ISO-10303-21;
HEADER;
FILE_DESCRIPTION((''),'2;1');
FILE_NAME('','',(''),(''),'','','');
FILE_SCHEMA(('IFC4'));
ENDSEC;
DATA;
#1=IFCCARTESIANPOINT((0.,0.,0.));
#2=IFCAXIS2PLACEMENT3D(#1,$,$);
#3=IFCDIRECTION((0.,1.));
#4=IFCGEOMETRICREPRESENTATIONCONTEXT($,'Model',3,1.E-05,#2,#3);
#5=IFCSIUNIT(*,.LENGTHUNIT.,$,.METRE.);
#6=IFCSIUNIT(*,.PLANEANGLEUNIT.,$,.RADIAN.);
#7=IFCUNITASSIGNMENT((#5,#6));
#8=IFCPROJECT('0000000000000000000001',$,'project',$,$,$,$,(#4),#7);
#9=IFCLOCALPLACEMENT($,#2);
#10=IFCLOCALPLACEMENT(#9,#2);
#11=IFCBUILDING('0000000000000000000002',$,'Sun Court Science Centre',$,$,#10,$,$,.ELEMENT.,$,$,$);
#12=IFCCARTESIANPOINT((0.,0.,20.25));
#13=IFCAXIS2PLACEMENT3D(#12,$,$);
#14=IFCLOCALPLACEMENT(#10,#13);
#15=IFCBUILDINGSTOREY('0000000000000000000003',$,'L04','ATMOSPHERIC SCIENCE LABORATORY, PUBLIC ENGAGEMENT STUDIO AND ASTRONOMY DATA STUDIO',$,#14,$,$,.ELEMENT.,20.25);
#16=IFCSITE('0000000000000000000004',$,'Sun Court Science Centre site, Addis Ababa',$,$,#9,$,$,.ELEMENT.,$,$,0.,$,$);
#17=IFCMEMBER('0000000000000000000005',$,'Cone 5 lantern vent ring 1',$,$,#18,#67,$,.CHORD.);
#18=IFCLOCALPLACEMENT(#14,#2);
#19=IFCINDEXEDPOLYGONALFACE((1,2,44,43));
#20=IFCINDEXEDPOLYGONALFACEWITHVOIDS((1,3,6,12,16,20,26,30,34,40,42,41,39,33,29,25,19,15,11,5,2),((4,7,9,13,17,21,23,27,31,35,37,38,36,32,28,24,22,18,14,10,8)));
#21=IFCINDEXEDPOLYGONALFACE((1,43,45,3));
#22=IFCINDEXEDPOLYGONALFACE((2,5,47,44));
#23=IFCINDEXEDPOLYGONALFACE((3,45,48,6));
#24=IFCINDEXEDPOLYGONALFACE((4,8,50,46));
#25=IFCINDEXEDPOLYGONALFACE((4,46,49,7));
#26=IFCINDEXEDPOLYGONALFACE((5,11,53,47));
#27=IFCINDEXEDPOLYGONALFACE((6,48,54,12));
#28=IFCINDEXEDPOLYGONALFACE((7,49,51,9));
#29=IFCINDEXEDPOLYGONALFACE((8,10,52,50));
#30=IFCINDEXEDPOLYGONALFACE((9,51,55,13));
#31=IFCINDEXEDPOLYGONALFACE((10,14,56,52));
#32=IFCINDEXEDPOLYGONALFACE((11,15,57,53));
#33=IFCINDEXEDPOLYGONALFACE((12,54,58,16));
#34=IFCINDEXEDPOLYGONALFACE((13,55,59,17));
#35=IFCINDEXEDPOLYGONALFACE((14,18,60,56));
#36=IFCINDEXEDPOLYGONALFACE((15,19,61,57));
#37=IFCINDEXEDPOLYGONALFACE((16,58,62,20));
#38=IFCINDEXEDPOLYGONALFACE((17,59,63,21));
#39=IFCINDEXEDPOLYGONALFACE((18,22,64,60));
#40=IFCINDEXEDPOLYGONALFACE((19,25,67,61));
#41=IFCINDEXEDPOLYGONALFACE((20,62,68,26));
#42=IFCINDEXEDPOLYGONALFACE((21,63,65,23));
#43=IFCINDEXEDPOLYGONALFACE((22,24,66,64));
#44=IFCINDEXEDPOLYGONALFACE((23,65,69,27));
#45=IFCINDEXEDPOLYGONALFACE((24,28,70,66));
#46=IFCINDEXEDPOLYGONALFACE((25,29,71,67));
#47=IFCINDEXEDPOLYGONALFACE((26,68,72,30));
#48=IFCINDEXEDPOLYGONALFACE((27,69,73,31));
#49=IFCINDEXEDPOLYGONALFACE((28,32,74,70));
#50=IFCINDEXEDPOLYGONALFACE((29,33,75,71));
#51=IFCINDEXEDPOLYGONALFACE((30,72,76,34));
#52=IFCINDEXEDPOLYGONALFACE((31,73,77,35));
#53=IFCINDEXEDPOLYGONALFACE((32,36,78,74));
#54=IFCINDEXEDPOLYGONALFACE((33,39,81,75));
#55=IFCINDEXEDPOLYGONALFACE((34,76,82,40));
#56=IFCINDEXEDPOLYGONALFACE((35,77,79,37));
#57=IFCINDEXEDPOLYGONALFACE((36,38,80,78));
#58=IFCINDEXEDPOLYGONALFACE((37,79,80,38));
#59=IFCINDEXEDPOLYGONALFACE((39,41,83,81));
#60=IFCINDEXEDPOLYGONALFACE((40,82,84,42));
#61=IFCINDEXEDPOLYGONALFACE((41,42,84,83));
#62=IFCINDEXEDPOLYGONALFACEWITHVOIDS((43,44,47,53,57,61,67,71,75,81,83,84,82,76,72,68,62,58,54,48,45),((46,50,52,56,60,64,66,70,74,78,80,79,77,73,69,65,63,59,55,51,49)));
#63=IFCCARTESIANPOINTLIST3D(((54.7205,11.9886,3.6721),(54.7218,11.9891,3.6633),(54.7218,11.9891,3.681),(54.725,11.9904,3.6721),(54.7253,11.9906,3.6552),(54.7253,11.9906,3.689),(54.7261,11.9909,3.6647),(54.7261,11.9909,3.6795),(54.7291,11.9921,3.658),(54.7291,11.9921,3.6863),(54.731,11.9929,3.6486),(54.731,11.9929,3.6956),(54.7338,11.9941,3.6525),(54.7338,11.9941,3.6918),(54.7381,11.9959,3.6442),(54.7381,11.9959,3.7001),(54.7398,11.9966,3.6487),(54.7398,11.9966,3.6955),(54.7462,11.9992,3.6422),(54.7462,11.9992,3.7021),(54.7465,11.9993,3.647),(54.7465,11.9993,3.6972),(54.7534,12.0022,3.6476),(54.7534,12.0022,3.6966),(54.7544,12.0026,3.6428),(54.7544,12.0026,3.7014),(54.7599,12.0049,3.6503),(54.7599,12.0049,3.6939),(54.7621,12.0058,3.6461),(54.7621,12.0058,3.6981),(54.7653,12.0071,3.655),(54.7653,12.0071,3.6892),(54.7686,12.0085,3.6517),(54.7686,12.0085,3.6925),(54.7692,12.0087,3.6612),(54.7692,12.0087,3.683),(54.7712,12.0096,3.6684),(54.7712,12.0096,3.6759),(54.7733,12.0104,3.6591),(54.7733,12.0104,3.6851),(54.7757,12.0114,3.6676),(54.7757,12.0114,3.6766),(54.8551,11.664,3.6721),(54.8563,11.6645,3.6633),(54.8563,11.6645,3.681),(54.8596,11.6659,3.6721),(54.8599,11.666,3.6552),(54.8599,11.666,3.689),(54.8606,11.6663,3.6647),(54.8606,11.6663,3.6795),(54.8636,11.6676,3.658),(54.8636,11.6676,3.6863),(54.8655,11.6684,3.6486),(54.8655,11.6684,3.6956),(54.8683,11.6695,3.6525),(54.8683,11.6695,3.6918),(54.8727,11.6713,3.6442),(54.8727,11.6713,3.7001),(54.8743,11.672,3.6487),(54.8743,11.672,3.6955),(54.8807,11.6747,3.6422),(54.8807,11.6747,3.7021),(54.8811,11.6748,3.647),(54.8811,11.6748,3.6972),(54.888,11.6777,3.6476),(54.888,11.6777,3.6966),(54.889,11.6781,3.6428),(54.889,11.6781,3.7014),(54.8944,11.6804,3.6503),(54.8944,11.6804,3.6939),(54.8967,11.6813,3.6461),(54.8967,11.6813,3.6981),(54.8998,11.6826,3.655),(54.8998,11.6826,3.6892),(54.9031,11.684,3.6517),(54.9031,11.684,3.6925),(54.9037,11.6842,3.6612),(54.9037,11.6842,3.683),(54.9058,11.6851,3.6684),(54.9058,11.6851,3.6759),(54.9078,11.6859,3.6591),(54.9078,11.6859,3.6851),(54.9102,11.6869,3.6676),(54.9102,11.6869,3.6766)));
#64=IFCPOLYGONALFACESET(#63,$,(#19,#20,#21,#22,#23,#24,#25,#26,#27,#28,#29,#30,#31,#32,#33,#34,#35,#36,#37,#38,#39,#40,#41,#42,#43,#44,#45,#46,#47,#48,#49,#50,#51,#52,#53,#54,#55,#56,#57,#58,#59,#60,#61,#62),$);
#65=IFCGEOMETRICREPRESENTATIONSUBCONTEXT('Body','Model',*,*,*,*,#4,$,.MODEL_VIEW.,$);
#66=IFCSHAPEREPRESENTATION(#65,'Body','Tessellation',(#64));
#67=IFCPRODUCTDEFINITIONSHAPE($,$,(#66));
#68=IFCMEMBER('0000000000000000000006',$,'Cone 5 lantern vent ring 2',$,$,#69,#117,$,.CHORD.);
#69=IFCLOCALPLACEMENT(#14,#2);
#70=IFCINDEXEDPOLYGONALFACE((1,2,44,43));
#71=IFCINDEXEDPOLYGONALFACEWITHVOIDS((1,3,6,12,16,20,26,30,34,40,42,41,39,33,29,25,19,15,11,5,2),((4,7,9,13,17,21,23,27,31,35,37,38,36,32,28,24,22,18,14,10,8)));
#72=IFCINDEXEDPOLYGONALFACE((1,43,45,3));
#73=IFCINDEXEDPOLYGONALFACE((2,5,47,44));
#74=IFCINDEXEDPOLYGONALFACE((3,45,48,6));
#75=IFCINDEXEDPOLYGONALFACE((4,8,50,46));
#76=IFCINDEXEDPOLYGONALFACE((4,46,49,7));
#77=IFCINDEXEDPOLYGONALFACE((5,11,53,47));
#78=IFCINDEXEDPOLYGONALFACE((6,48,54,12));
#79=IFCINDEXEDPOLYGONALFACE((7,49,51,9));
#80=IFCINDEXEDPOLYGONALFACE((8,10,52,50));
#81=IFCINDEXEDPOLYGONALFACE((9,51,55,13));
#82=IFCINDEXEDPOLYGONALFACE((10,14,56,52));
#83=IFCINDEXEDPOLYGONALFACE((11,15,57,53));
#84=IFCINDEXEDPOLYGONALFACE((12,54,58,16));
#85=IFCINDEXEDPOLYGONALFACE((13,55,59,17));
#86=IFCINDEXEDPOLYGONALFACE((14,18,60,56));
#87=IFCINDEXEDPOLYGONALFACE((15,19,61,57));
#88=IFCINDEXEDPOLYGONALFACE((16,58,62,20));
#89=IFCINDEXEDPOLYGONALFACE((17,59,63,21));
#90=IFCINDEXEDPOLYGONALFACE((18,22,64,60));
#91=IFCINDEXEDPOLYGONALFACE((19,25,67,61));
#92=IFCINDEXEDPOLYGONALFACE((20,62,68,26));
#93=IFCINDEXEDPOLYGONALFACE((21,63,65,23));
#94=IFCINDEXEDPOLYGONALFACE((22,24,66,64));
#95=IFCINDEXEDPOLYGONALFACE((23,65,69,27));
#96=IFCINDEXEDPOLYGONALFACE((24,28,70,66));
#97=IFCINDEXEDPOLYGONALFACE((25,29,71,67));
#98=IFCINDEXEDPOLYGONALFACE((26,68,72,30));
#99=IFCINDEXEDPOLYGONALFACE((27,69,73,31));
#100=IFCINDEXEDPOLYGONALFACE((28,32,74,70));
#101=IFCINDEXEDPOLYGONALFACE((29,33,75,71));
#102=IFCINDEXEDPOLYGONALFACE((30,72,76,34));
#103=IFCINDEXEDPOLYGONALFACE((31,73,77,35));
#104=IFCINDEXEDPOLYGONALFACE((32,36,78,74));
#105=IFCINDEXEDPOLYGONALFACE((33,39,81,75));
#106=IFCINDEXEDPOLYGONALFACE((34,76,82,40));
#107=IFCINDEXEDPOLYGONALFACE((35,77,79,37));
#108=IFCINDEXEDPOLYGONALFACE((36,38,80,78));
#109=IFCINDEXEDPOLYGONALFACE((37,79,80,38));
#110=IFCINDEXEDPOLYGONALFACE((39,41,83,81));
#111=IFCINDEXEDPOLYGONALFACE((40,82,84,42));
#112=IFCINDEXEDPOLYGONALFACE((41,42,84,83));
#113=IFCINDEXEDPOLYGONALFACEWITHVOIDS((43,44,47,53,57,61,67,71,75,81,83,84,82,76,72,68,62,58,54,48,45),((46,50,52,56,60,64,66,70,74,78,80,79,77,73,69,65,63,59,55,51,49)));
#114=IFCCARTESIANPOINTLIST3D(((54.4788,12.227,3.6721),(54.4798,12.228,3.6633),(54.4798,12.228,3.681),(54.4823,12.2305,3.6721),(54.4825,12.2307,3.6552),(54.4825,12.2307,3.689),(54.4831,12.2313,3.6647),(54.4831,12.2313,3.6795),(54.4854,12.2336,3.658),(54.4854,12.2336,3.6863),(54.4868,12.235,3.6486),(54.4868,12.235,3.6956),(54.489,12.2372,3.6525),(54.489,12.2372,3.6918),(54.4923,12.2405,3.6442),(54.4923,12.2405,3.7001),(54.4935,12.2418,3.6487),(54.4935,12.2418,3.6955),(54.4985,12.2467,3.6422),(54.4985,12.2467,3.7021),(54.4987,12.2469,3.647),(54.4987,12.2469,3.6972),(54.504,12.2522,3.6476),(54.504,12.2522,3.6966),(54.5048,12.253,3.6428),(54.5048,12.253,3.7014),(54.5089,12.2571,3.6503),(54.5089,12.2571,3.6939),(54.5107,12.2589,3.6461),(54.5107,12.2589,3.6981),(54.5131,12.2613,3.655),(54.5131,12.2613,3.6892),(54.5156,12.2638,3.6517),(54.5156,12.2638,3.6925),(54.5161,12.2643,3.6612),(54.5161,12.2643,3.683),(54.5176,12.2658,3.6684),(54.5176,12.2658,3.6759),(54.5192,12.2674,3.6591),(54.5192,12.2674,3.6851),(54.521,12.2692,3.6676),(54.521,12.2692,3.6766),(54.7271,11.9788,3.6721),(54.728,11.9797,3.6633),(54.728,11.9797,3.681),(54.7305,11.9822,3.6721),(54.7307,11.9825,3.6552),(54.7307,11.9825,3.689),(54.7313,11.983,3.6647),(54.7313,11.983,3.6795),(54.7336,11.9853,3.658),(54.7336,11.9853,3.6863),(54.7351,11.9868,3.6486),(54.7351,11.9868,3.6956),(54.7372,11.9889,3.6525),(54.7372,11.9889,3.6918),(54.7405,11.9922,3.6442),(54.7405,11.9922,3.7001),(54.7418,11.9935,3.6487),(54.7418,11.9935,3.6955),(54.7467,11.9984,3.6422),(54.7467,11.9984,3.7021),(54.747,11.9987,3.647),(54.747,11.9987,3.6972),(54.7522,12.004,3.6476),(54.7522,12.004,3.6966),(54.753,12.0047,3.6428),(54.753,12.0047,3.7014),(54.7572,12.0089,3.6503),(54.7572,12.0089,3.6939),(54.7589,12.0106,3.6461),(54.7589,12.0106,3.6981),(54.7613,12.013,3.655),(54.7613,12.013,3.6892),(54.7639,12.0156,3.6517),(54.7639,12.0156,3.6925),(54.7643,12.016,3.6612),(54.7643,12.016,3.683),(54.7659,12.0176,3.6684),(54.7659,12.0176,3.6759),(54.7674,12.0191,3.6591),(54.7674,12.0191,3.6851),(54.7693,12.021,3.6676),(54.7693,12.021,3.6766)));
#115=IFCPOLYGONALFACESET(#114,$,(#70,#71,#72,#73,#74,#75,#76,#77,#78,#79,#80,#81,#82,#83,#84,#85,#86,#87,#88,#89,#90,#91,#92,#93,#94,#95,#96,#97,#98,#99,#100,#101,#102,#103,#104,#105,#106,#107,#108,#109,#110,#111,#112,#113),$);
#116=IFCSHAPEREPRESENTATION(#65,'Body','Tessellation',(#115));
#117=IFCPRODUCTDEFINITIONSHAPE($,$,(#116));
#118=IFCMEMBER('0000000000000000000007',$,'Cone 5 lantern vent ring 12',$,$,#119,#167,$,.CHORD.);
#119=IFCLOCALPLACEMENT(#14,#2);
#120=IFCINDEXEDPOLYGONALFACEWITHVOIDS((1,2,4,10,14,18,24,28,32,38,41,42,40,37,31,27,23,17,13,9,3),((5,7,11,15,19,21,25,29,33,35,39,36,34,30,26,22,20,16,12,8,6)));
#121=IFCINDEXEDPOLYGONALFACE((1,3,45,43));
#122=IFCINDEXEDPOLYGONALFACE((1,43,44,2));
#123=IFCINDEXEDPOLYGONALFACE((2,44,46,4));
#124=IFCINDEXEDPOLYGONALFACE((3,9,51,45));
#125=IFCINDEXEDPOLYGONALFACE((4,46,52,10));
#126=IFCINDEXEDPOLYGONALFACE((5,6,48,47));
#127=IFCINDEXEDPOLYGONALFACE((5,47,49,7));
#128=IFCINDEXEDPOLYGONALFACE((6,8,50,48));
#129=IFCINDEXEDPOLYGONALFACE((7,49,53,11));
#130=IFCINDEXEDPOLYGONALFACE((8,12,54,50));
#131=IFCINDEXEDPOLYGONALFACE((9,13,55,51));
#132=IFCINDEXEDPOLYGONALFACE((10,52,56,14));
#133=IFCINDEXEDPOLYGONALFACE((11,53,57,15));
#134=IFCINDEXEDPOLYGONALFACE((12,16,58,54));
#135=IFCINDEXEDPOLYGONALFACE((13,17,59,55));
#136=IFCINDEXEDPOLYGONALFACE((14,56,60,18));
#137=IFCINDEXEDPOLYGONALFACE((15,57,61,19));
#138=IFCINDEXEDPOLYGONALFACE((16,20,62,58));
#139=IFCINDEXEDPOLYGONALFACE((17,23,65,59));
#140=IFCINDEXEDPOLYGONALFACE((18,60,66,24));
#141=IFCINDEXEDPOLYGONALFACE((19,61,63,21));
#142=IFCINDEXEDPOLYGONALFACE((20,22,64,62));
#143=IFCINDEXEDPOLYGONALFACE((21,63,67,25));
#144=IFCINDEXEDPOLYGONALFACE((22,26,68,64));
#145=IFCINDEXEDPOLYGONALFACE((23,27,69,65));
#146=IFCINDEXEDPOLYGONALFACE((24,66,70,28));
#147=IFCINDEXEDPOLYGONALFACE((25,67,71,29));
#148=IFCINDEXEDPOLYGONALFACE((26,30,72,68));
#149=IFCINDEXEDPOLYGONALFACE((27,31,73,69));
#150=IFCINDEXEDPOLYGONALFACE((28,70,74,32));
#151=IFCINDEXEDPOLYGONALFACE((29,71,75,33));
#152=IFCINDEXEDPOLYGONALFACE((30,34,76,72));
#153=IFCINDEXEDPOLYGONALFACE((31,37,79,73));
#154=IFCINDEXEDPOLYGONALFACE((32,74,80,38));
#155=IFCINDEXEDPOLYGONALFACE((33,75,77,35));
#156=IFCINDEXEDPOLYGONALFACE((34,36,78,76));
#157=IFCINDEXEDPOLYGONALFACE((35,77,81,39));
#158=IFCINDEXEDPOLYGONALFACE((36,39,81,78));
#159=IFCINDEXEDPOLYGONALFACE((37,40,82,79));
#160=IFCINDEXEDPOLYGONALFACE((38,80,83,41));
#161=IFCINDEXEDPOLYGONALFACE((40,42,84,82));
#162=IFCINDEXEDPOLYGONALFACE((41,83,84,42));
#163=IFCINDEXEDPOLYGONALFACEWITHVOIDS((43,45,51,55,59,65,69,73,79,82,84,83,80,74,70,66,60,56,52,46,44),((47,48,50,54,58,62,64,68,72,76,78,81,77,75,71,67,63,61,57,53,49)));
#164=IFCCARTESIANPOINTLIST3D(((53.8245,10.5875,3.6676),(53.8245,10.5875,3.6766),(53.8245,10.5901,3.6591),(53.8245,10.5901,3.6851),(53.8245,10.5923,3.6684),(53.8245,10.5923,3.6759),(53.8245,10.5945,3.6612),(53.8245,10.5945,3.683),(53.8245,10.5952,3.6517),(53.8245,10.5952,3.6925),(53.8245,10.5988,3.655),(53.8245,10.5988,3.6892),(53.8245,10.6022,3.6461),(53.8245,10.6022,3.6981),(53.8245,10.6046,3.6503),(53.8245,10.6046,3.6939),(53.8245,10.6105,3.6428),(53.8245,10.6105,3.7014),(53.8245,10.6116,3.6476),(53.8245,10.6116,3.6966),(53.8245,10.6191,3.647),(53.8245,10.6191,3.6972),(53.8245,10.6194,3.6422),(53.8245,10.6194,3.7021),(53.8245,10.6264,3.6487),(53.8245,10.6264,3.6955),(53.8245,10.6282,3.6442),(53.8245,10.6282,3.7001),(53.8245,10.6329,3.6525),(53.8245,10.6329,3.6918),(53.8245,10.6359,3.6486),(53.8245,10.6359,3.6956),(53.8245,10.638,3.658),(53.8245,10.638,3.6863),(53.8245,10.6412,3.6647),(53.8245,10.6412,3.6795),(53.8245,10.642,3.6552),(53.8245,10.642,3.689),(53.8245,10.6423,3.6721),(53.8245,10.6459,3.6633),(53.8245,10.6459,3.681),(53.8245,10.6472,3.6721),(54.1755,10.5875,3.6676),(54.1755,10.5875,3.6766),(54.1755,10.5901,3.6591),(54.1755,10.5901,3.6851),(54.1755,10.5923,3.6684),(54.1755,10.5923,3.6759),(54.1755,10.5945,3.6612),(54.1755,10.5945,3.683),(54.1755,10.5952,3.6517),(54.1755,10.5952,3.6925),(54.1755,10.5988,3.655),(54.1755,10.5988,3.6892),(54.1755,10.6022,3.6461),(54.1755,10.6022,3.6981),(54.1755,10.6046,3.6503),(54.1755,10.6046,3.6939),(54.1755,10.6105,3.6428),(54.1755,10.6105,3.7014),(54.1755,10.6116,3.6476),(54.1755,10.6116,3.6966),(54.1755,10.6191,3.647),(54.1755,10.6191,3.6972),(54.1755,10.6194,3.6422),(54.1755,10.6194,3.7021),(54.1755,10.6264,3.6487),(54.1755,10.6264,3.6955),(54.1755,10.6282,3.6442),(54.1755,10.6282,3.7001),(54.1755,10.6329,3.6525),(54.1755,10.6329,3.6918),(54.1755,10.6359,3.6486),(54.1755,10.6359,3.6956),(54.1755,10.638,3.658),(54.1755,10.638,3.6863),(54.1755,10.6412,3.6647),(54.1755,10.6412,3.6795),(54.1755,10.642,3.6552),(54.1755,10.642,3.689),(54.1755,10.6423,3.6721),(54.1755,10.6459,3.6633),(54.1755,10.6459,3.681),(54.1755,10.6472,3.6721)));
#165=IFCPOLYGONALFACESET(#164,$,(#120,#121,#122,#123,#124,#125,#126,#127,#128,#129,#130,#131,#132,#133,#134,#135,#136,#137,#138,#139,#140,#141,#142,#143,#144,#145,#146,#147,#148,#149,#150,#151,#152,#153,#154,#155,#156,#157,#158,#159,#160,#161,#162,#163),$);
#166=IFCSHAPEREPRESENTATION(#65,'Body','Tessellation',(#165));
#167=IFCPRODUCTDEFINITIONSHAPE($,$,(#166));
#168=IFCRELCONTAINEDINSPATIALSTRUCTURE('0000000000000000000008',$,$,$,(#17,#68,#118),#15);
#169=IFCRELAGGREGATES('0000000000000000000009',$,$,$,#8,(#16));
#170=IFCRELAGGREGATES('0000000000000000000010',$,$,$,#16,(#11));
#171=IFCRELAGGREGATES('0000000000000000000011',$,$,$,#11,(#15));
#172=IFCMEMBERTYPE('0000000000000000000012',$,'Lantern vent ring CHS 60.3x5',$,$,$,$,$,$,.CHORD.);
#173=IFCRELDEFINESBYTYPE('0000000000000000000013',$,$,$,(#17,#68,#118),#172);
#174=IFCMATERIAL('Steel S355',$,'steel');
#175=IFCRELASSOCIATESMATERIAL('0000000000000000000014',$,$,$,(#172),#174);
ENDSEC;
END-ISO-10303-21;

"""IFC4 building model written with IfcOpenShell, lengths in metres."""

from ifc_helpers import new_model, si_unit, direction, frame, origin, origin_2d, place, context, subcontext, project, spatial, hollow_circle, extrude, material, material_profile, profile_set, type_object, element, save


model = new_model("IFC4")

# Units and contexts
model_context = context("Model", 3, precision=1e-05, world=origin(), true_north=direction((0.0, 1.0)))
body_context = subcontext(model_context, "Body", "Model", "MODEL_VIEW")
ifc_project = project(units=[si_unit("LENGTHUNIT", "METRE"), si_unit("PLANEANGLEUNIT", "RADIAN")], contexts=[model_context])

# Site, building, storey
site_placement = place(None, origin())
site = spatial("IfcSite", under=ifc_project, at=site_placement, Name="Sun Court Science Centre site, Addis Ababa", CompositionType="ELEMENT", RefElevation=0.0)
building_placement = place(site_placement, origin())
building = spatial("IfcBuilding", under=site, at=building_placement, Name="Sun Court Science Centre", CompositionType="ELEMENT")
storey_placement = place(building_placement, frame((0.0, 0.0, 20.25)))
storey = spatial("IfcBuildingStorey", under=building, at=storey_placement, Name="L04", Description="ATMOSPHERIC SCIENCE LABORATORY, PUBLIC ENGAGEMENT STUDIO AND ASTRONOMY DATA STUDIO", CompositionType="ELEMENT", Elevation=20.25)

# Members
ifc_material_1 = material(Name="Steel S355", Category="steel")
ifc_material_profile_1 = material_profile(ifc_material_1, hollow_circle(Radius=0.03, WallThickness=0.0049, at=origin_2d()), Name="CHS 60.3x5")
ifc_profile_set_1 = profile_set([ifc_material_profile_1], Name="Steel S355")
member_type_1 = type_object("IfcMemberType", Name="Lantern vent ring CHS 60.3x5", PredefinedType="CHORD", material=ifc_profile_set_1)
member_1_placement = place(storey_placement, frame((54.8828, 11.6755, 3.6721), z_axis=(-0.382986, 0.923754, 0.0), x_axis=(-0.923754, -0.382986, 0.0)))
element("IfcMember", 1, at=member_1_placement, inside=storey, type_object=member_type_1, Name="Cone 5 lantern vent ring 1", PredefinedType="CHORD", context=body_context, shape_type="SweptSolid", body=[
    extrude(hollow_circle(Radius=0.03, WallThickness=0.0049, at=origin_2d()), origin(), (0.0, 0.0, 1.0), 0.3513),
])
for number, where, z_axis, x_axis, name in (
    (2, (54.7483, 12.0, 3.6721), (-0.707107, 0.707107, 0.0), (-0.707107, -0.707107, 0.0), "Cone 5 lantern vent ring 2"),
    (3, (53.8245, 10.6172, 3.6721), (1.0, 0.0, 0.0), (0.0, 1.0, 0.0), "Cone 5 lantern vent ring 12"),
):
    element("IfcMember", number, at=place(storey_placement, frame(where, z_axis=z_axis, x_axis=x_axis)), inside=storey, type_object=member_type_1, Name=name, PredefinedType="CHORD", context=body_context, shape_type="SweptSolid", body=[
        extrude(hollow_circle(Radius=0.03, WallThickness=0.0049, at=origin_2d()), origin(), (0.0, 0.0, 1.0), 0.3511),
    ])

save(model, "model.ifc")
